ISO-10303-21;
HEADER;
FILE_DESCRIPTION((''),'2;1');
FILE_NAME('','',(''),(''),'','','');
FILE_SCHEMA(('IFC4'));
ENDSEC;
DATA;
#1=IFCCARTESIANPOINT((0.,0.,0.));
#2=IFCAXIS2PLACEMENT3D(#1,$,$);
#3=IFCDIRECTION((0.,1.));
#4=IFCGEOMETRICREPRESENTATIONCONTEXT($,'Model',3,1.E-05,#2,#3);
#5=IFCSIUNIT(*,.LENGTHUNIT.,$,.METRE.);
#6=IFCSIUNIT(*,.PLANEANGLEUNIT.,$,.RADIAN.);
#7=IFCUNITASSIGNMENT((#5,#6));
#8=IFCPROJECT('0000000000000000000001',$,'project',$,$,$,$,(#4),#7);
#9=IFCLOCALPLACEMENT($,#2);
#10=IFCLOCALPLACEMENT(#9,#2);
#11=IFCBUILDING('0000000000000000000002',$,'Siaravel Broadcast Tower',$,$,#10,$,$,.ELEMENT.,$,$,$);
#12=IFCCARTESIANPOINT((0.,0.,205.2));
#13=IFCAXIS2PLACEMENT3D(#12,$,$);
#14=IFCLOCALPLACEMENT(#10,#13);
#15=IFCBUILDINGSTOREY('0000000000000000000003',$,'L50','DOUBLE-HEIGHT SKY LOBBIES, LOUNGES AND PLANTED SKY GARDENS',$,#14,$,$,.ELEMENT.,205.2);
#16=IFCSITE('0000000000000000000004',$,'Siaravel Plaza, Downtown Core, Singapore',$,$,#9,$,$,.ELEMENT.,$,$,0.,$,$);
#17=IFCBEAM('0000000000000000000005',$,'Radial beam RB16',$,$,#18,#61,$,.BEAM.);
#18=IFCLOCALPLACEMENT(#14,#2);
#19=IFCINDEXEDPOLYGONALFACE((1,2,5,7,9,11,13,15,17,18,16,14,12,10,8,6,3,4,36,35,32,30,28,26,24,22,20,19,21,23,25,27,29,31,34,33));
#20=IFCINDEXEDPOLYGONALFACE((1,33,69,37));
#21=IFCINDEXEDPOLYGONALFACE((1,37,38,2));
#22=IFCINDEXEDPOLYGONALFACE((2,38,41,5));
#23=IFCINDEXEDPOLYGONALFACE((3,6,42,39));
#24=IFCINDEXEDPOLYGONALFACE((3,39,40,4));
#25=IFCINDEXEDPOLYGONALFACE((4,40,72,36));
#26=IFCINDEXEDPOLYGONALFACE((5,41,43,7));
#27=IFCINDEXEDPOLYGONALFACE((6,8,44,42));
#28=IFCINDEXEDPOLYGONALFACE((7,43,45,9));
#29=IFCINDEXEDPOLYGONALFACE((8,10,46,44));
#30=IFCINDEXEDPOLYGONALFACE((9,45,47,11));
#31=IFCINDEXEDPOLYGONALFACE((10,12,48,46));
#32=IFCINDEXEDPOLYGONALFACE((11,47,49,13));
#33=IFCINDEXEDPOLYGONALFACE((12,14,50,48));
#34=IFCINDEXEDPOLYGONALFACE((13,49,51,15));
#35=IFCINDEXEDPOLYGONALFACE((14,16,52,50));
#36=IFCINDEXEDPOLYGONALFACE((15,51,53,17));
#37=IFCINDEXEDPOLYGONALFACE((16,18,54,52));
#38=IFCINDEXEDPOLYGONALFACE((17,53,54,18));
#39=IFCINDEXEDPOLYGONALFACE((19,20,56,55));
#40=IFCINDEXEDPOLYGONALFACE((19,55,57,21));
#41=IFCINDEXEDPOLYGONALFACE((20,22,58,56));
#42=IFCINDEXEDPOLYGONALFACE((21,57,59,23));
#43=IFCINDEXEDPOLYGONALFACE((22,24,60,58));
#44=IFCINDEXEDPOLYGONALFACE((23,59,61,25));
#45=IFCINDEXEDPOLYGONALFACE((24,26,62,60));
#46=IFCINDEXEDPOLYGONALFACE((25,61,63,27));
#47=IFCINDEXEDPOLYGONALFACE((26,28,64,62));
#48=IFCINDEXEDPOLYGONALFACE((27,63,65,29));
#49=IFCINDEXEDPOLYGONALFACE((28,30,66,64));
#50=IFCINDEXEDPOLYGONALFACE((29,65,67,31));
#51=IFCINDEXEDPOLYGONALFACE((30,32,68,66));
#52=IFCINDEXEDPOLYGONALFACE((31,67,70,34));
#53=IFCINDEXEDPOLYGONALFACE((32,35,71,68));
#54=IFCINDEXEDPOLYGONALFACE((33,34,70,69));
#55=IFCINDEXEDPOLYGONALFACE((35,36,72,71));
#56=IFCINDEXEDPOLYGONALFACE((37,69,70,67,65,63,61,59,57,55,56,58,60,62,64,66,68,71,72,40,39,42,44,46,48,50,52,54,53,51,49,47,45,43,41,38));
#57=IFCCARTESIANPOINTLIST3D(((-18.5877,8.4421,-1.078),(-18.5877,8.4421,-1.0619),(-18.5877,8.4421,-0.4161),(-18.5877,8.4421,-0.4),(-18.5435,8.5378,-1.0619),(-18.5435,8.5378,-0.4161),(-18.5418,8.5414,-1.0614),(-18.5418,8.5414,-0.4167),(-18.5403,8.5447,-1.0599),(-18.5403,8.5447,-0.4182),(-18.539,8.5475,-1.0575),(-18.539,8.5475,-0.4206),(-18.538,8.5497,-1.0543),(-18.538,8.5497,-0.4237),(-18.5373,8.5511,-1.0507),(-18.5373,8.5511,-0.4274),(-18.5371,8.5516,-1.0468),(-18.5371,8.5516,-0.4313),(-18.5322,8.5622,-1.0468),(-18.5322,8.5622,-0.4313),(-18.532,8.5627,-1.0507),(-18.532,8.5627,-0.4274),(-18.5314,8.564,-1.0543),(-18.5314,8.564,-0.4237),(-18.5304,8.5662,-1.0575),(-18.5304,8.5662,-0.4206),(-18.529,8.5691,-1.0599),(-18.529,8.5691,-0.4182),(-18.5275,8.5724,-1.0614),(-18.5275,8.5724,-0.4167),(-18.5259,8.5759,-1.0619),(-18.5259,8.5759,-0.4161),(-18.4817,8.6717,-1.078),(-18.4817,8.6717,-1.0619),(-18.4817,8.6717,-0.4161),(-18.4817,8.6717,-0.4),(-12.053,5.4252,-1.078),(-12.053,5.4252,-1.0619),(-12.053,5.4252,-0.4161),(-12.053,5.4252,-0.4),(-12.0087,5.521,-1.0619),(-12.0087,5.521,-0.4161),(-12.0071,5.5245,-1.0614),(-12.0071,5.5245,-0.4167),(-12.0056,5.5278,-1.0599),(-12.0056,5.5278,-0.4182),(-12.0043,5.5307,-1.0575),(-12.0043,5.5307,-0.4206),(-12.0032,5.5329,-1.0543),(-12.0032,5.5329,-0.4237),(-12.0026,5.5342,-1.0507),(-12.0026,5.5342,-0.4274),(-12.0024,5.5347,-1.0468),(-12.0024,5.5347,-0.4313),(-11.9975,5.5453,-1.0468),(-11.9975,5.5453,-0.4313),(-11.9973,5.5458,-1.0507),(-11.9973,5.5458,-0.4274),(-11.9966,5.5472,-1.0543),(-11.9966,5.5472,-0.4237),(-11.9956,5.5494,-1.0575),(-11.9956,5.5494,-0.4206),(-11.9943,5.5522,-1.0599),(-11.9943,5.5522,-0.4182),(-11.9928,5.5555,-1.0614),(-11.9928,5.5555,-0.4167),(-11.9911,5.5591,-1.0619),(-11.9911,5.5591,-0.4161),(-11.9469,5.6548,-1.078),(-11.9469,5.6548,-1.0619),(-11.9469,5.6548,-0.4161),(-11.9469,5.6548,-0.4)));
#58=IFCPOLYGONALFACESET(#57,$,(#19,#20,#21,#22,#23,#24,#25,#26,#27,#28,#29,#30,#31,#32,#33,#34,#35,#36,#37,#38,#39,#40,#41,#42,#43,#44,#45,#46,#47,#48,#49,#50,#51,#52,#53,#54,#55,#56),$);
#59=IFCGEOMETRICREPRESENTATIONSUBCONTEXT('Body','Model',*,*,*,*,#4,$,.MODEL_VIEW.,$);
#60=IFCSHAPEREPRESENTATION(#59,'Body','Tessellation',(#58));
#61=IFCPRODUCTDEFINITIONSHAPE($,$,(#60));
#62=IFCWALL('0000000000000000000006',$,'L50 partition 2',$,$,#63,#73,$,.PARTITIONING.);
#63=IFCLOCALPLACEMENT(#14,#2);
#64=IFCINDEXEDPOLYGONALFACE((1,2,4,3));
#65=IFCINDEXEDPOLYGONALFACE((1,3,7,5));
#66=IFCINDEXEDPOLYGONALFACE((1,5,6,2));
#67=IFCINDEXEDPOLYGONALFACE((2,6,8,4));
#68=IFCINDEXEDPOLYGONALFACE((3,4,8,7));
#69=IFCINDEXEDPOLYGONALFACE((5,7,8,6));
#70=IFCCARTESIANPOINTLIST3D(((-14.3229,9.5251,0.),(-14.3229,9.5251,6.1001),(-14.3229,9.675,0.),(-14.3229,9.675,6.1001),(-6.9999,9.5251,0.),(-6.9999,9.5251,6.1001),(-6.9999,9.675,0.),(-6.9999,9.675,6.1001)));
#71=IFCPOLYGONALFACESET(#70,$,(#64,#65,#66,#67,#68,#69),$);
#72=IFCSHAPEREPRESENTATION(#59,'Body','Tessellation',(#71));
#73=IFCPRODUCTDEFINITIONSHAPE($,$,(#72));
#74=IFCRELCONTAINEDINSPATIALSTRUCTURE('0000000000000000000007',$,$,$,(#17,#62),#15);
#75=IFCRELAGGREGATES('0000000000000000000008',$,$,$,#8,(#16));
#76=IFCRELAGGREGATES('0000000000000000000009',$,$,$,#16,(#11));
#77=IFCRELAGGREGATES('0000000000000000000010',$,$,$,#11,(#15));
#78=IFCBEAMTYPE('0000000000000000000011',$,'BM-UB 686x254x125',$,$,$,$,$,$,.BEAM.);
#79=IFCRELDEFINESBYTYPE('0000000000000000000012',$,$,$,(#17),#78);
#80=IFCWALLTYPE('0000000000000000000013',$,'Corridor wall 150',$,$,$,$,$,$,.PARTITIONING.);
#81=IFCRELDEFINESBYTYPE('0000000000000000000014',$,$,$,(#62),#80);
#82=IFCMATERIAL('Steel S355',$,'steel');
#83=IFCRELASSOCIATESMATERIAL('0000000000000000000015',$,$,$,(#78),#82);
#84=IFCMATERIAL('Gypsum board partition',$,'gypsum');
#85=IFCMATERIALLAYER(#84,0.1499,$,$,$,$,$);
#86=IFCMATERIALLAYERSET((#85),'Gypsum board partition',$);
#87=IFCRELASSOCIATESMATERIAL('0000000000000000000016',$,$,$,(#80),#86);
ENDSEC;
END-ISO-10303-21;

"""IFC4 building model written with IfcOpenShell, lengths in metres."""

from ifc_helpers import new_model, si_unit, direction, frame, frame_2d, origin, origin_2d, place, context, subcontext, project, spatial, rectangle, i_section, extrude, material, layer, layer_set, material_profile, profile_set, type_object, element, save


model = new_model("IFC4")

# Units and contexts
model_context = context("Model", 3, precision=1e-05, world=origin(), true_north=direction((0.0, 1.0)))
body_context = subcontext(model_context, "Body", "Model", "MODEL_VIEW")
ifc_project = project(units=[si_unit("LENGTHUNIT", "METRE"), si_unit("PLANEANGLEUNIT", "RADIAN")], contexts=[model_context])

# Site, building, storey
site_placement = place(None, origin())
site = spatial("IfcSite", under=ifc_project, at=site_placement, Name="Siaravel Plaza, Downtown Core, Singapore", CompositionType="ELEMENT", RefElevation=0.0)
building_placement = place(site_placement, origin())
building = spatial("IfcBuilding", under=site, at=building_placement, Name="Siaravel Broadcast Tower", CompositionType="ELEMENT")
storey_placement = place(building_placement, frame((0.0, 0.0, 205.2)))
storey = spatial("IfcBuildingStorey", under=building, at=storey_placement, Name="L50", Description="DOUBLE-HEIGHT SKY LOBBIES, LOUNGES AND PLANTED SKY GARDENS", CompositionType="ELEMENT", Elevation=205.2)

# Beam
ifc_material_1 = material(Name="Steel S355", Category="steel")
ifc_material_profile_1 = material_profile(ifc_material_1, i_section(OverallWidth=0.2529, OverallDepth=0.678, WebThickness=0.0117, FlangeThickness=0.0161, FilletRadius=0.0151, at=origin_2d()))
ifc_profile_set_1 = profile_set([ifc_material_profile_1], Name="Steel S355")
beam_type = type_object("IfcBeamType", Name="BM-UB 686x254x125", PredefinedType="BEAM", material=ifc_profile_set_1)
beam_1_placement = place(storey_placement, frame((-18.5347, 8.5569, -0.739), z_axis=(0.907915, -0.419155, 0.0), x_axis=(0.419155, 0.907915, 0.0)))
element("IfcBeam", 1, at=beam_1_placement, inside=storey, type_object=beam_type, Name="Radial beam RB16", PredefinedType="BEAM", context=body_context, shape_type="SweptSolid", body=[
    extrude(i_section(OverallWidth=0.2529, OverallDepth=0.678, WebThickness=0.0117, FlangeThickness=0.0161, FilletRadius=0.0151, at=origin_2d()), origin(), (0.0, 0.0, 1.0), 7.1975),
])

# Wall
ifc_material_2 = material(Name="Gypsum board partition", Category="gypsum")
ifc_layer_1 = layer(ifc_material_2, 0.1499)
ifc_layer_set_1 = layer_set([ifc_layer_1], Name="Gypsum board partition")
wall_type_1 = type_object("IfcWallType", Name="Corridor wall 150", PredefinedType="PARTITIONING", material=ifc_layer_set_1)
wall_1_placement = place(storey_placement, frame((-14.323, 9.6001, 0.0), z_axis=(0.0, 0.0, 1.0), x_axis=(1.0, 0.0, 0.0)))
element("IfcWall", 2, at=wall_1_placement, inside=storey, type_object=wall_type_1, Name="L50 partition 2", PredefinedType="PARTITIONING", context=body_context, shape_type="SweptSolid", body=[
    extrude(rectangle(XDim=7.323, YDim=0.1499, at=frame_2d((3.6616, 0.0))), origin(), (0.0, 0.0, 1.0), 6.1001),
])

save(model, "model.ifc")
